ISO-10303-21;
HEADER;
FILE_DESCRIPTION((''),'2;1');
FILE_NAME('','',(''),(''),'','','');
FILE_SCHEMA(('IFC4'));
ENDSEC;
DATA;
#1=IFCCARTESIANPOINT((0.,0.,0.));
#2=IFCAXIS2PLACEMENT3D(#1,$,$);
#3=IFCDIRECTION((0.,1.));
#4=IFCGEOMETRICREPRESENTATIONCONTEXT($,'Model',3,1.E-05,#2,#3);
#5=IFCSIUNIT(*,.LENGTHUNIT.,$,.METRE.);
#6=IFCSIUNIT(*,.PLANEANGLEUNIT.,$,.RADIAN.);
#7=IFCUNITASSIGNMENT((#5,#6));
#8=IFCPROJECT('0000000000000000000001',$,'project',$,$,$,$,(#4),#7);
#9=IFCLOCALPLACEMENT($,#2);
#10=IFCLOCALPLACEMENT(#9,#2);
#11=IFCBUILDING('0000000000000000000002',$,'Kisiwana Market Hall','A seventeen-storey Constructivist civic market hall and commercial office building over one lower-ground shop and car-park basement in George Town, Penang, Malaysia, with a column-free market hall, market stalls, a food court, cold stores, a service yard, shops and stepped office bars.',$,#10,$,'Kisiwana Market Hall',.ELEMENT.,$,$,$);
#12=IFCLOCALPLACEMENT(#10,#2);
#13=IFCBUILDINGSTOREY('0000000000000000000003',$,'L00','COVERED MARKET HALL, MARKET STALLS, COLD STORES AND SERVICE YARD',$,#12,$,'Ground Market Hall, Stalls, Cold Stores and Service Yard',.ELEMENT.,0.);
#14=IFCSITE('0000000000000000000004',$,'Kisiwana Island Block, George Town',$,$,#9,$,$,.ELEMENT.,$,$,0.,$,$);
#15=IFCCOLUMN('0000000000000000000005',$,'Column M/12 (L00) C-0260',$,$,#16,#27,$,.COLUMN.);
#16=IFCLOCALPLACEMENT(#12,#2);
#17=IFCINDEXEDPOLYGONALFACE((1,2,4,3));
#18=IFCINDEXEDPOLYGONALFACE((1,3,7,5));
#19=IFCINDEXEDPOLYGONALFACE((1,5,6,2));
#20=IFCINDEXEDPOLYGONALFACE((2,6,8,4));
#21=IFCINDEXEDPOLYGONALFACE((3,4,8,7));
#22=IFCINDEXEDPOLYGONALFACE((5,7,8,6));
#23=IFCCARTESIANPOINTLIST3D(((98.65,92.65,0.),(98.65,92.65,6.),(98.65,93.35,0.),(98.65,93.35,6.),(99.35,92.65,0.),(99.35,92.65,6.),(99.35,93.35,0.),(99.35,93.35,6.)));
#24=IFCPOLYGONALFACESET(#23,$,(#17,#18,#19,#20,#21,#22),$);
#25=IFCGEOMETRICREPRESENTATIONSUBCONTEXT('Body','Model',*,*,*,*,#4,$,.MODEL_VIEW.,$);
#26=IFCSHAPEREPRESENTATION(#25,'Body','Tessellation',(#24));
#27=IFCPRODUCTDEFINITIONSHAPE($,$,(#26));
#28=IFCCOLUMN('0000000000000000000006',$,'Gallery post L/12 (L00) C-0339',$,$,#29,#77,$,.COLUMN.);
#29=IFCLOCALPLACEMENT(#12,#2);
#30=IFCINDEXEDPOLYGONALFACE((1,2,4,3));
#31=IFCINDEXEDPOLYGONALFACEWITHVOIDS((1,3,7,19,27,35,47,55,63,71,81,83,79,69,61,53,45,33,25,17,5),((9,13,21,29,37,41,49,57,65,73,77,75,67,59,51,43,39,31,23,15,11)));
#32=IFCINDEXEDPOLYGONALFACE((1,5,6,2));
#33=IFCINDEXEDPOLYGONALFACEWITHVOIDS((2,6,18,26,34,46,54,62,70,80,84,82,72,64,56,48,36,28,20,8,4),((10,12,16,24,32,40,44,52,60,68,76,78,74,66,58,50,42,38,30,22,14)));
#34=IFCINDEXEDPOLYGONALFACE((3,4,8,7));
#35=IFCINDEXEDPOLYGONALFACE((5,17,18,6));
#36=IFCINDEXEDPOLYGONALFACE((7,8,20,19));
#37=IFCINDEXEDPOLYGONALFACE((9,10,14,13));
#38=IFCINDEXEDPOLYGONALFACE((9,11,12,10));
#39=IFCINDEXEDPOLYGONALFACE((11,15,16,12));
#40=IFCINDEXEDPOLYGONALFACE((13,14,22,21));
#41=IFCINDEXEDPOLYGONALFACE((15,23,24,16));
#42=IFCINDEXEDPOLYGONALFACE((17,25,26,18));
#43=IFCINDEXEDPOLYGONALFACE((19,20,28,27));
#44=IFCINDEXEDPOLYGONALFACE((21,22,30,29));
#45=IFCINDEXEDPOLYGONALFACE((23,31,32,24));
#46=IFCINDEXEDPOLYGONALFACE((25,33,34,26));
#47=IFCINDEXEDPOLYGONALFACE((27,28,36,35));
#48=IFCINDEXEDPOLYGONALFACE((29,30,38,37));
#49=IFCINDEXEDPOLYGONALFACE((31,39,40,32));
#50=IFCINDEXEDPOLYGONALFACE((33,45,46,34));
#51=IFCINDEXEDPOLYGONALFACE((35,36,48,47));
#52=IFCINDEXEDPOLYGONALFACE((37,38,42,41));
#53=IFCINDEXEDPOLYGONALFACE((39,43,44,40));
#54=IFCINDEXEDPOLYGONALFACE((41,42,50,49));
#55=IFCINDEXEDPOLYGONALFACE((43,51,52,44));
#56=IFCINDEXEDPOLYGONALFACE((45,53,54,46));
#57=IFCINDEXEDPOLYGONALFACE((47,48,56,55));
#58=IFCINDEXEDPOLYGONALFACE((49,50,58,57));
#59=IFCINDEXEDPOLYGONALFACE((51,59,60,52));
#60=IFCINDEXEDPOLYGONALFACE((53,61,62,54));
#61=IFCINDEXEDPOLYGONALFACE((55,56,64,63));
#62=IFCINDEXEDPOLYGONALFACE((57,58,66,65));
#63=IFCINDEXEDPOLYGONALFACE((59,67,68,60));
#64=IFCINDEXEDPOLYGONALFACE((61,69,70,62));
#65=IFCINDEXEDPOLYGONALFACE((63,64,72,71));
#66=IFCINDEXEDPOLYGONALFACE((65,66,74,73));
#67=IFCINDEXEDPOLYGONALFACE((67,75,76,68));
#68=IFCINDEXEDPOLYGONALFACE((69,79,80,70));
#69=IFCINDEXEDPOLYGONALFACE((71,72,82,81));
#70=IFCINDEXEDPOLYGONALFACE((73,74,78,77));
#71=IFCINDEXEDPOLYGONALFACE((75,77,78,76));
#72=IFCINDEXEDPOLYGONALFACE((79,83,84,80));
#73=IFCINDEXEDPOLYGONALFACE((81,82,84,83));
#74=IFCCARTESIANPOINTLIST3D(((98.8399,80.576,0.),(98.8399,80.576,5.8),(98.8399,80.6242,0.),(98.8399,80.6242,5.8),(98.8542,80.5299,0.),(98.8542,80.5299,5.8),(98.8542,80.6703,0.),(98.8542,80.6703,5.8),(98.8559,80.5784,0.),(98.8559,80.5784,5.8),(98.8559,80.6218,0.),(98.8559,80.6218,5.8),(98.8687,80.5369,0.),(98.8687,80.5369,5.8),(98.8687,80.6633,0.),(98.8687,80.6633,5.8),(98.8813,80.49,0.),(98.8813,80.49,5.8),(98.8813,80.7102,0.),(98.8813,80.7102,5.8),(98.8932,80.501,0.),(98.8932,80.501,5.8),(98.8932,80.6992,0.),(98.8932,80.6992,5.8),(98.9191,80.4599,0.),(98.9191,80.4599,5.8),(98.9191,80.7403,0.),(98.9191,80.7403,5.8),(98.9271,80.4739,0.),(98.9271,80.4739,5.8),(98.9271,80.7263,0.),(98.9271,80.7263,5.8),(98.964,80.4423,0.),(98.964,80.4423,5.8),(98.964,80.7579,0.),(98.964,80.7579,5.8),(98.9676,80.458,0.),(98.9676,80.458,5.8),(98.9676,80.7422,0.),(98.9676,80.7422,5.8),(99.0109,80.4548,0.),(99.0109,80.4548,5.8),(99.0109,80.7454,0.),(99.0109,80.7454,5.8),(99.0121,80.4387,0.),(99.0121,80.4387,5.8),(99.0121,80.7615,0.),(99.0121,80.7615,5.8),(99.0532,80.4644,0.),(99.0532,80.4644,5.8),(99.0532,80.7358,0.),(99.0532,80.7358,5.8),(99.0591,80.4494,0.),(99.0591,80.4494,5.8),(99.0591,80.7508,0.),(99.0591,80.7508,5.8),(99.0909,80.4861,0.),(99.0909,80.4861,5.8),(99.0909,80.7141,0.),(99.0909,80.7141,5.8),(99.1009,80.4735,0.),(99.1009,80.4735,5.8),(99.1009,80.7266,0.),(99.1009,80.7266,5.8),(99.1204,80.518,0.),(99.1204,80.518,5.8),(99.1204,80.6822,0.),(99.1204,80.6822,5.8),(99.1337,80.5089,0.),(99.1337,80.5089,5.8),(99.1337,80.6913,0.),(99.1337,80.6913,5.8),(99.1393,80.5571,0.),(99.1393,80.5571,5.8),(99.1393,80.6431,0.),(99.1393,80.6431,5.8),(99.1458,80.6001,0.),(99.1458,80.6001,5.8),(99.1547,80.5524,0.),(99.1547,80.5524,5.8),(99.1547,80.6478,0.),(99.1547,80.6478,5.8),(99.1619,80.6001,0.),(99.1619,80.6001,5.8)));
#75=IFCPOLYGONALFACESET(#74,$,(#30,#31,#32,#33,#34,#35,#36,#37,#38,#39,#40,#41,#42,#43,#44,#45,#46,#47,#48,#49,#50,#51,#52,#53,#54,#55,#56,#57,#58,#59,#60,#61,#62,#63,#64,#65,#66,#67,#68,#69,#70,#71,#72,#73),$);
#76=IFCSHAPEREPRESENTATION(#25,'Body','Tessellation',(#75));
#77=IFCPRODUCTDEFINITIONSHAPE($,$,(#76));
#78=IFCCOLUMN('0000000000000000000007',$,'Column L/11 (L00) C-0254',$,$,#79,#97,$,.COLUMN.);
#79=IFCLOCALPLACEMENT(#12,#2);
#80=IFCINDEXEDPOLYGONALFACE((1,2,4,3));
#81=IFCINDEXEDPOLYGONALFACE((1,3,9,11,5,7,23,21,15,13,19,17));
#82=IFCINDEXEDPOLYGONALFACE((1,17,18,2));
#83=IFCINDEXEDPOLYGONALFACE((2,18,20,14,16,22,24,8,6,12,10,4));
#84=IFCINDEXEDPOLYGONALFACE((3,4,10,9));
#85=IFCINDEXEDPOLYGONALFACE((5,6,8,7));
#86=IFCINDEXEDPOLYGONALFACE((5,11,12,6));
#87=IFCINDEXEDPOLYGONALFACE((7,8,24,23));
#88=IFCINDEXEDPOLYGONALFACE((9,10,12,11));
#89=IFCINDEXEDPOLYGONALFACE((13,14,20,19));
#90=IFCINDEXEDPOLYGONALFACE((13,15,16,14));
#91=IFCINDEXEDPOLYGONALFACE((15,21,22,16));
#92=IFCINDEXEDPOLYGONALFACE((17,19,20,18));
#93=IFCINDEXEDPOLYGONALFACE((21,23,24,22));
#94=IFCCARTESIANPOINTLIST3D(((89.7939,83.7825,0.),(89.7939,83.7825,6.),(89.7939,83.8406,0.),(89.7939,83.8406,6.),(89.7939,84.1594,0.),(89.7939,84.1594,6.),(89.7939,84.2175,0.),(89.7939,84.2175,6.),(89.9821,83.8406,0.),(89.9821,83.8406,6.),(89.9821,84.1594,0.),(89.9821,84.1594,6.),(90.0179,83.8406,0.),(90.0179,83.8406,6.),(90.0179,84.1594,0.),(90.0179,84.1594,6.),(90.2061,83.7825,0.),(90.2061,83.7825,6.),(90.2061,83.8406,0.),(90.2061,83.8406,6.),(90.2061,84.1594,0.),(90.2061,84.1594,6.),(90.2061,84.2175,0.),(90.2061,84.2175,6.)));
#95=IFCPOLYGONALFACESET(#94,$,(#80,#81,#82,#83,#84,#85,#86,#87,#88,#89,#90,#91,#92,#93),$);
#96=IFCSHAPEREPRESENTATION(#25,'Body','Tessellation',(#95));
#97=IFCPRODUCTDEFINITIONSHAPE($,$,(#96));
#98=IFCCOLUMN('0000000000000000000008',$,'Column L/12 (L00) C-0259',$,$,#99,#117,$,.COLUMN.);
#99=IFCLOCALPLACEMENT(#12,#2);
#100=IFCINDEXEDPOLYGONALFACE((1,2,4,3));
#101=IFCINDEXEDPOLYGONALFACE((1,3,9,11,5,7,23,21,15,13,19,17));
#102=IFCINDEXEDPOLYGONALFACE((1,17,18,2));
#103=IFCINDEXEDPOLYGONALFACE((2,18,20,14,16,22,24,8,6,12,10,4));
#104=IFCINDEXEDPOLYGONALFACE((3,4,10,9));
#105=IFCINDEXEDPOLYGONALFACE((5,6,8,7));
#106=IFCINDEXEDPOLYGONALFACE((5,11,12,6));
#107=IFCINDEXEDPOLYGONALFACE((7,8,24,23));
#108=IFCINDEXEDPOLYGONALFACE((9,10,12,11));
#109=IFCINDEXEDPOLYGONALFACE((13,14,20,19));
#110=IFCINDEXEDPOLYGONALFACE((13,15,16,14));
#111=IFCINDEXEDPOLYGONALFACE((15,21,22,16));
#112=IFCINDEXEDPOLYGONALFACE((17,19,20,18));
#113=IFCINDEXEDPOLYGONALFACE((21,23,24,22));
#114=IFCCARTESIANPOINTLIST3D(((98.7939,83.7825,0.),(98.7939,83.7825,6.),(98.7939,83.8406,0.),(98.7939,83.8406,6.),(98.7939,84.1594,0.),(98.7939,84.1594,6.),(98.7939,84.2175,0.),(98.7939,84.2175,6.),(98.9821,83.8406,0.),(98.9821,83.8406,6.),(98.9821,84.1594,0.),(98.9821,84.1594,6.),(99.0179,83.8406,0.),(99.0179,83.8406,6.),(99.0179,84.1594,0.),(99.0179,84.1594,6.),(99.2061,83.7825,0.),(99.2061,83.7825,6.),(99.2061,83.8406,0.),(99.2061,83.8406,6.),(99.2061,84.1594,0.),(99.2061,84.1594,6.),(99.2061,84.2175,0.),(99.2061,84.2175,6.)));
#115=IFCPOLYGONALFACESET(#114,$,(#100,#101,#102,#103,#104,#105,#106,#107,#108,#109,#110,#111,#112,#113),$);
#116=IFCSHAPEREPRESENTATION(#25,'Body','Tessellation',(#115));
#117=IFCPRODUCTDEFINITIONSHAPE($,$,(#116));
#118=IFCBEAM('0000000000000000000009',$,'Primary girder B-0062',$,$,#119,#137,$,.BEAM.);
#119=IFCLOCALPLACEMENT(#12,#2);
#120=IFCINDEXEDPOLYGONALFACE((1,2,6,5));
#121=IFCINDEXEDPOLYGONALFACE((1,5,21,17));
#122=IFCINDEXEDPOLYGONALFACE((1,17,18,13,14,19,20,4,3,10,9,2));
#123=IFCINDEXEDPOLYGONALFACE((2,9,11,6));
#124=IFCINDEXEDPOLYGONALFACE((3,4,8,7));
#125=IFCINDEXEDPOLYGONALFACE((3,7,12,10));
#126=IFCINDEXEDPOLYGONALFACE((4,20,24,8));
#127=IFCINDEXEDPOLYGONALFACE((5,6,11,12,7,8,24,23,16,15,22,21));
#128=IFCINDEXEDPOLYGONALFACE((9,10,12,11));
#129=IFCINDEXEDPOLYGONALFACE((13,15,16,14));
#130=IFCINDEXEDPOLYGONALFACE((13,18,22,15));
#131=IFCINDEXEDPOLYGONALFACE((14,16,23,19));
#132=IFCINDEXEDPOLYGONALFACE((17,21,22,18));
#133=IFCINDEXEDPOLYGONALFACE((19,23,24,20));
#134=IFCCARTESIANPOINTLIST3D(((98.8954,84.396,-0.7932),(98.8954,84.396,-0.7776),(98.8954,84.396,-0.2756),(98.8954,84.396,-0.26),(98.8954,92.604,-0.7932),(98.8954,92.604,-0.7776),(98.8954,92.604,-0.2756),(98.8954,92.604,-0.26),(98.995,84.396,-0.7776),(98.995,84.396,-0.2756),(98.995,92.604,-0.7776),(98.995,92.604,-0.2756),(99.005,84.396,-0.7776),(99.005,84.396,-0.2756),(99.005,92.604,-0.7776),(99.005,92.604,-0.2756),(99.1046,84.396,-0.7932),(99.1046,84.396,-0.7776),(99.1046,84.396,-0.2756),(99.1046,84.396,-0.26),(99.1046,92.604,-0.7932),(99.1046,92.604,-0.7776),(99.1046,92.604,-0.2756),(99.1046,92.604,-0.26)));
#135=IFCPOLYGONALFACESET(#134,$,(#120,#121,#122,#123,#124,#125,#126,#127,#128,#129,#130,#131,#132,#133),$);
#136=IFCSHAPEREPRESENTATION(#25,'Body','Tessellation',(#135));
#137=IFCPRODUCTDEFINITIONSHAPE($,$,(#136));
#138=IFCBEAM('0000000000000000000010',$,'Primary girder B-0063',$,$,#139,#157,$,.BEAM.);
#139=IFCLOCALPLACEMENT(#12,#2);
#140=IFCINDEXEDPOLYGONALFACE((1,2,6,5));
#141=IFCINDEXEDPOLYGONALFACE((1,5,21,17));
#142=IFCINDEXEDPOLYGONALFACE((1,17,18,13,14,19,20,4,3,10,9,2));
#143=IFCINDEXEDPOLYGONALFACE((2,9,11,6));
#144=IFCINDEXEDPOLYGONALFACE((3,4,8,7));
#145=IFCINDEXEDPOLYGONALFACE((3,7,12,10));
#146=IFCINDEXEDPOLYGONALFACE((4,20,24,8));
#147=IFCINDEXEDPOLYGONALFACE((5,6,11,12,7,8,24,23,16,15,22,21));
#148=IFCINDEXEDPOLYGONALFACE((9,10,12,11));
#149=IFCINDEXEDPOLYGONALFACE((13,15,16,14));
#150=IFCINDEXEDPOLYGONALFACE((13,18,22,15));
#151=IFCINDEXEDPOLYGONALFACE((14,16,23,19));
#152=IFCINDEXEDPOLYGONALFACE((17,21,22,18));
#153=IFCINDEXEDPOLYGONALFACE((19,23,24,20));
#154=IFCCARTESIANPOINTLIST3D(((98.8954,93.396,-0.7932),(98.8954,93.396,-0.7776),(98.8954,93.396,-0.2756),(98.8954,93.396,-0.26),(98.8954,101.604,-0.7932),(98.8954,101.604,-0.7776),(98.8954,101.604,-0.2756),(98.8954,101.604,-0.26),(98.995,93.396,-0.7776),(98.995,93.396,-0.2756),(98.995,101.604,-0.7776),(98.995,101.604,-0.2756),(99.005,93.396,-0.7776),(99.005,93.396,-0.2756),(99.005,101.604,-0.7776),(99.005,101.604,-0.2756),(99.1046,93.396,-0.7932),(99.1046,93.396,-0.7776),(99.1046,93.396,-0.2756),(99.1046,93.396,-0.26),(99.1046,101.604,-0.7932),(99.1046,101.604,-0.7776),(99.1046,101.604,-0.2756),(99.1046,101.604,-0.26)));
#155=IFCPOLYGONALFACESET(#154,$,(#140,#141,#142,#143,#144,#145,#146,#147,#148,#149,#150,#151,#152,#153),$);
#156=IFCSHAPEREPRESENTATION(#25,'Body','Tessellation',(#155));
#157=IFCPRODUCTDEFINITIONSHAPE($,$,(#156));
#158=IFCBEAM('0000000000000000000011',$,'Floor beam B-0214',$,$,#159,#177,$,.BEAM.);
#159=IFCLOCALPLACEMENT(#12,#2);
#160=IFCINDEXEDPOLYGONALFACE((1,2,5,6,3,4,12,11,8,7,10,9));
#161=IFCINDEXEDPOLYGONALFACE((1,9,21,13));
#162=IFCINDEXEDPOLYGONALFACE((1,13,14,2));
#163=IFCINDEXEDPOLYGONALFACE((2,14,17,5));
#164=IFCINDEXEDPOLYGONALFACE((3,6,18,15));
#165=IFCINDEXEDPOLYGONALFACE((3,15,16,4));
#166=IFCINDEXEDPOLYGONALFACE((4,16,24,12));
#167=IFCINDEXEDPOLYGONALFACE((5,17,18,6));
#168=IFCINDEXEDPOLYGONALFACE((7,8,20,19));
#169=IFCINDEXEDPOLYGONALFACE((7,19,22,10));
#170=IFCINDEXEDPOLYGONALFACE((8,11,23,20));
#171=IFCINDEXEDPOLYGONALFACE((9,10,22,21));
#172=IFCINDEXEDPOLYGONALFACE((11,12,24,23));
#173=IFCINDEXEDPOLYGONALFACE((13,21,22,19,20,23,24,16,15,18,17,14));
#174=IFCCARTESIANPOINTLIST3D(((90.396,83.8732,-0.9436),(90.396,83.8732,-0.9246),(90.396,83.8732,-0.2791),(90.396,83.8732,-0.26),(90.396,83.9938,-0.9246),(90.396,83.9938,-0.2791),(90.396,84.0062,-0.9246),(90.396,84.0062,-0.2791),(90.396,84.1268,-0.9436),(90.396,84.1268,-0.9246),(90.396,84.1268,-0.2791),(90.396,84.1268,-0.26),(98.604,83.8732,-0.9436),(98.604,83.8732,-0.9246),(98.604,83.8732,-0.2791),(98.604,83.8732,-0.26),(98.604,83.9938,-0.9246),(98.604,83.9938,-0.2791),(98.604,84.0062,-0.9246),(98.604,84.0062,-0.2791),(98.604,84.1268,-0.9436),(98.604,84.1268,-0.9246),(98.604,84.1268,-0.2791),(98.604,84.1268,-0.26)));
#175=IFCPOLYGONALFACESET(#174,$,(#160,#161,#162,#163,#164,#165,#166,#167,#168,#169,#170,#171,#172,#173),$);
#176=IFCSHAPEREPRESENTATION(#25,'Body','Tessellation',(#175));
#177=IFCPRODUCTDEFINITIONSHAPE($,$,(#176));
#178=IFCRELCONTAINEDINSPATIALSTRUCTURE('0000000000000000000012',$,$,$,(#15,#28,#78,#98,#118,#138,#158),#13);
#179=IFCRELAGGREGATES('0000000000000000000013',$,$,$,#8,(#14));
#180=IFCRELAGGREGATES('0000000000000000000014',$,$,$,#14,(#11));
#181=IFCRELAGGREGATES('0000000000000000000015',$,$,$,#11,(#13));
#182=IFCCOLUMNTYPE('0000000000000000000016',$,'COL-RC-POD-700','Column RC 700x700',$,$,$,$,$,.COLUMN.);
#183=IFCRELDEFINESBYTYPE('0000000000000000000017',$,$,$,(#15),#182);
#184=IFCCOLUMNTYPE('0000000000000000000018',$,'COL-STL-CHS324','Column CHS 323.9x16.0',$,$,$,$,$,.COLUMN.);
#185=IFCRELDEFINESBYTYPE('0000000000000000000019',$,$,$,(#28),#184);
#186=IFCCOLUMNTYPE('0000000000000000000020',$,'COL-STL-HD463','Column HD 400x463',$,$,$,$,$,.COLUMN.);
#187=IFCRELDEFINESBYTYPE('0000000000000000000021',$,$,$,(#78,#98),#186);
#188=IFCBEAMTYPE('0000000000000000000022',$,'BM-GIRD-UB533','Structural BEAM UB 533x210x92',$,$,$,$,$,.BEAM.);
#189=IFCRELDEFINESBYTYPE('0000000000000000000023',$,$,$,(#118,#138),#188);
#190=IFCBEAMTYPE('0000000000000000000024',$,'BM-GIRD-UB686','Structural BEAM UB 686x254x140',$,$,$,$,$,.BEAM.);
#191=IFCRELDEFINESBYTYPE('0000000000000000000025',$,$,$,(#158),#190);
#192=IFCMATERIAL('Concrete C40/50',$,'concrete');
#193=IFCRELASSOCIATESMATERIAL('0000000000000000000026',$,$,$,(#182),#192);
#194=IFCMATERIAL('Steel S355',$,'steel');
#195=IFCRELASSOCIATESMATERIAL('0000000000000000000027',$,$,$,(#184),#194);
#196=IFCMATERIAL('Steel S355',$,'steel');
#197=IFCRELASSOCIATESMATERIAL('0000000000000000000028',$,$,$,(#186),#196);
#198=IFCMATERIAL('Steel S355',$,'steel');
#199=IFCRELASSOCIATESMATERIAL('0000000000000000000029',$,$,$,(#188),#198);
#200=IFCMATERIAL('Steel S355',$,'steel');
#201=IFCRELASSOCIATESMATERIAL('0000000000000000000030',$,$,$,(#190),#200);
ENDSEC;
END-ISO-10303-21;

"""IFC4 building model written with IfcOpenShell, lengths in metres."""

from ifc_helpers import new_model, si_unit, direction, frame, origin, origin_2d, place, context, subcontext, project, spatial, rectangle, hollow_circle, i_section, extrude, material, material_profile, profile_set, type_object, element, save


model = new_model("IFC4")

# Units and contexts
model_context = context("Model", 3, precision=1e-05, world=origin(), true_north=direction((0.0, 1.0)))
body_context = subcontext(model_context, "Body", "Model", "MODEL_VIEW")
ifc_project = project(units=[si_unit("LENGTHUNIT", "METRE"), si_unit("PLANEANGLEUNIT", "RADIAN")], contexts=[model_context])

# Site, building, storey
site_placement = place(None, origin())
site = spatial("IfcSite", under=ifc_project, at=site_placement, Name="Kisiwana Island Block, George Town", CompositionType="ELEMENT", RefElevation=0.0)
building_placement = place(site_placement, origin())
building = spatial("IfcBuilding", under=site, at=building_placement, Name="Kisiwana Market Hall", Description="A seventeen-storey Constructivist civic market hall and commercial office building over one lower-ground shop and car-park basement in George Town, Penang, Malaysia, with a column-free market hall, market stalls, a food court, cold stores, a service yard, shops and stepped office bars.", LongName="Kisiwana Market Hall", CompositionType="ELEMENT")
storey_placement = place(building_placement, origin())
storey = spatial("IfcBuildingStorey", under=building, at=storey_placement, Name="L00", Description="COVERED MARKET HALL, MARKET STALLS, COLD STORES AND SERVICE YARD", LongName="Ground Market Hall, Stalls, Cold Stores and Service Yard", CompositionType="ELEMENT", Elevation=0.0)

# Columns
ifc_material_1 = material(Name="Concrete C40/50", Category="concrete")
ifc_material_profile_1 = material_profile(ifc_material_1, rectangle(XDim=0.7, YDim=0.7, at=origin_2d()), Name="RC 700x700")
ifc_profile_set_1 = profile_set([ifc_material_profile_1], Name="Concrete C40/50")
column_type_1 = type_object("IfcColumnType", Name="COL-RC-POD-700", Description="Column RC 700x700", PredefinedType="COLUMN", material=ifc_profile_set_1)
column_1_placement = place(storey_placement, frame((99.0, 93.0, 0.0), z_axis=(0.0, 0.0, 1.0), x_axis=(1.0, 0.0, 0.0)))
element("IfcColumn", 1, at=column_1_placement, inside=storey, type_object=column_type_1, Name="Column M/12 (L00) C-0260", PredefinedType="COLUMN", context=body_context, shape_type="SweptSolid", body=[
    extrude(rectangle(XDim=0.7, YDim=0.7, at=origin_2d()), origin(), (0.0, 0.0, 1.0), 6.0),
])
ifc_material_2 = material(Name="Steel S355", Category="steel")
ifc_material_profile_2 = material_profile(ifc_material_2, hollow_circle(Radius=0.1619, WallThickness=0.0161, at=origin_2d()), Name="CHS 323.9x16.0")
ifc_profile_set_2 = profile_set([ifc_material_profile_2], Name="Steel S355")
column_type_2 = type_object("IfcColumnType", Name="COL-STL-CHS324", Description="Column CHS 323.9x16.0", PredefinedType="COLUMN", material=ifc_profile_set_2)
column_2_placement = place(storey_placement, frame((99.0, 80.6001, 0.0), z_axis=(0.0, 0.0, 1.0), x_axis=(1.0, 0.0, 0.0)))
element("IfcColumn", 2, at=column_2_placement, inside=storey, type_object=column_type_2, Name="Gallery post L/12 (L00) C-0339", PredefinedType="COLUMN", context=body_context, shape_type="SweptSolid", body=[
    extrude(hollow_circle(Radius=0.1619, WallThickness=0.0161, at=origin_2d()), origin(), (0.0, 0.0, 1.0), 5.8),
])
ifc_material_3 = material(Name="Steel S355", Category="steel")
ifc_material_profile_3 = material_profile(ifc_material_3, i_section(OverallWidth=0.4121, OverallDepth=0.4351, WebThickness=0.0359, FlangeThickness=0.0581, at=origin_2d()), Name="HD 400x463")
ifc_profile_set_3 = profile_set([ifc_material_profile_3], Name="Steel S355")
column_type_3 = type_object("IfcColumnType", Name="COL-STL-HD463", Description="Column HD 400x463", PredefinedType="COLUMN", material=ifc_profile_set_3)
for number, where, z_axis, x_axis, name in (
    (3, (90.0, 84.0, 0.0), (0.0, 0.0, 1.0), (1.0, 0.0, 0.0), "Column L/11 (L00) C-0254"),
    (4, (99.0, 84.0, 0.0), (0.0, 0.0, 1.0), (1.0, 0.0, 0.0), "Column L/12 (L00) C-0259"),
):
    element("IfcColumn", number, at=place(storey_placement, frame(where, z_axis=z_axis, x_axis=x_axis)), inside=storey, type_object=column_type_3, Name=name, PredefinedType="COLUMN", context=body_context, shape_type="SweptSolid", body=[
        extrude(i_section(OverallWidth=0.4121, OverallDepth=0.4351, WebThickness=0.0359, FlangeThickness=0.0581, at=origin_2d()), origin(), (0.0, 0.0, 1.0), 6.0),
    ])

# Beams
ifc_material_4 = material(Name="Steel S355", Category="steel")
ifc_material_profile_4 = material_profile(ifc_material_4, i_section(OverallWidth=0.2092, OverallDepth=0.5332, WebThickness=0.01, FlangeThickness=0.0156, at=origin_2d()), Name="UB 533x210x92")
ifc_profile_set_4 = profile_set([ifc_material_profile_4], Name="Steel S355")
beam_type_1 = type_object("IfcBeamType", Name="BM-GIRD-UB533", Description="Structural BEAM UB 533x210x92", PredefinedType="BEAM", material=ifc_profile_set_4)
for number, where, z_axis, x_axis, name in (
    (5, (99.0, 84.396, -0.5266), (0.0, 1.0, 0.0), (-1.0, 0.0, 0.0), "Primary girder B-0062"),
    (6, (99.0, 93.396, -0.5266), (0.0, 1.0, 0.0), (-1.0, 0.0, 0.0), "Primary girder B-0063"),
):
    element("IfcBeam", number, at=place(storey_placement, frame(where, z_axis=z_axis, x_axis=x_axis)), inside=storey, type_object=beam_type_1, Name=name, PredefinedType="BEAM", context=body_context, shape_type="SweptSolid", body=[
        extrude(i_section(OverallWidth=0.2092, OverallDepth=0.5332, WebThickness=0.01, FlangeThickness=0.0156, at=origin_2d()), origin(), (0.0, 0.0, 1.0), 8.208),
    ])
ifc_material_5 = material(Name="Steel S355", Category="steel")
ifc_material_profile_5 = material_profile(ifc_material_5, i_section(OverallWidth=0.2537, OverallDepth=0.6836, WebThickness=0.0125, FlangeThickness=0.019, at=origin_2d()), Name="UB 686x254x140")
ifc_profile_set_5 = profile_set([ifc_material_profile_5], Name="Steel S355")
beam_type_2 = type_object("IfcBeamType", Name="BM-GIRD-UB686", Description="Structural BEAM UB 686x254x140", PredefinedType="BEAM", material=ifc_profile_set_5)
for number, where, z_axis, x_axis, name in (
    (7, (90.396, 84.0, -0.6018), (1.0, 0.0, 0.0), (0.0, 1.0, 0.0), "Floor beam B-0214"),
):
    element("IfcBeam", number, at=place(storey_placement, frame(where, z_axis=z_axis, x_axis=x_axis)), inside=storey, type_object=beam_type_2, Name=name, PredefinedType="BEAM", context=body_context, shape_type="SweptSolid", body=[
        extrude(i_section(OverallWidth=0.2537, OverallDepth=0.6836, WebThickness=0.0125, FlangeThickness=0.019, at=origin_2d()), origin(), (0.0, 0.0, 1.0), 8.208),
    ])

save(model, "model.ifc")
